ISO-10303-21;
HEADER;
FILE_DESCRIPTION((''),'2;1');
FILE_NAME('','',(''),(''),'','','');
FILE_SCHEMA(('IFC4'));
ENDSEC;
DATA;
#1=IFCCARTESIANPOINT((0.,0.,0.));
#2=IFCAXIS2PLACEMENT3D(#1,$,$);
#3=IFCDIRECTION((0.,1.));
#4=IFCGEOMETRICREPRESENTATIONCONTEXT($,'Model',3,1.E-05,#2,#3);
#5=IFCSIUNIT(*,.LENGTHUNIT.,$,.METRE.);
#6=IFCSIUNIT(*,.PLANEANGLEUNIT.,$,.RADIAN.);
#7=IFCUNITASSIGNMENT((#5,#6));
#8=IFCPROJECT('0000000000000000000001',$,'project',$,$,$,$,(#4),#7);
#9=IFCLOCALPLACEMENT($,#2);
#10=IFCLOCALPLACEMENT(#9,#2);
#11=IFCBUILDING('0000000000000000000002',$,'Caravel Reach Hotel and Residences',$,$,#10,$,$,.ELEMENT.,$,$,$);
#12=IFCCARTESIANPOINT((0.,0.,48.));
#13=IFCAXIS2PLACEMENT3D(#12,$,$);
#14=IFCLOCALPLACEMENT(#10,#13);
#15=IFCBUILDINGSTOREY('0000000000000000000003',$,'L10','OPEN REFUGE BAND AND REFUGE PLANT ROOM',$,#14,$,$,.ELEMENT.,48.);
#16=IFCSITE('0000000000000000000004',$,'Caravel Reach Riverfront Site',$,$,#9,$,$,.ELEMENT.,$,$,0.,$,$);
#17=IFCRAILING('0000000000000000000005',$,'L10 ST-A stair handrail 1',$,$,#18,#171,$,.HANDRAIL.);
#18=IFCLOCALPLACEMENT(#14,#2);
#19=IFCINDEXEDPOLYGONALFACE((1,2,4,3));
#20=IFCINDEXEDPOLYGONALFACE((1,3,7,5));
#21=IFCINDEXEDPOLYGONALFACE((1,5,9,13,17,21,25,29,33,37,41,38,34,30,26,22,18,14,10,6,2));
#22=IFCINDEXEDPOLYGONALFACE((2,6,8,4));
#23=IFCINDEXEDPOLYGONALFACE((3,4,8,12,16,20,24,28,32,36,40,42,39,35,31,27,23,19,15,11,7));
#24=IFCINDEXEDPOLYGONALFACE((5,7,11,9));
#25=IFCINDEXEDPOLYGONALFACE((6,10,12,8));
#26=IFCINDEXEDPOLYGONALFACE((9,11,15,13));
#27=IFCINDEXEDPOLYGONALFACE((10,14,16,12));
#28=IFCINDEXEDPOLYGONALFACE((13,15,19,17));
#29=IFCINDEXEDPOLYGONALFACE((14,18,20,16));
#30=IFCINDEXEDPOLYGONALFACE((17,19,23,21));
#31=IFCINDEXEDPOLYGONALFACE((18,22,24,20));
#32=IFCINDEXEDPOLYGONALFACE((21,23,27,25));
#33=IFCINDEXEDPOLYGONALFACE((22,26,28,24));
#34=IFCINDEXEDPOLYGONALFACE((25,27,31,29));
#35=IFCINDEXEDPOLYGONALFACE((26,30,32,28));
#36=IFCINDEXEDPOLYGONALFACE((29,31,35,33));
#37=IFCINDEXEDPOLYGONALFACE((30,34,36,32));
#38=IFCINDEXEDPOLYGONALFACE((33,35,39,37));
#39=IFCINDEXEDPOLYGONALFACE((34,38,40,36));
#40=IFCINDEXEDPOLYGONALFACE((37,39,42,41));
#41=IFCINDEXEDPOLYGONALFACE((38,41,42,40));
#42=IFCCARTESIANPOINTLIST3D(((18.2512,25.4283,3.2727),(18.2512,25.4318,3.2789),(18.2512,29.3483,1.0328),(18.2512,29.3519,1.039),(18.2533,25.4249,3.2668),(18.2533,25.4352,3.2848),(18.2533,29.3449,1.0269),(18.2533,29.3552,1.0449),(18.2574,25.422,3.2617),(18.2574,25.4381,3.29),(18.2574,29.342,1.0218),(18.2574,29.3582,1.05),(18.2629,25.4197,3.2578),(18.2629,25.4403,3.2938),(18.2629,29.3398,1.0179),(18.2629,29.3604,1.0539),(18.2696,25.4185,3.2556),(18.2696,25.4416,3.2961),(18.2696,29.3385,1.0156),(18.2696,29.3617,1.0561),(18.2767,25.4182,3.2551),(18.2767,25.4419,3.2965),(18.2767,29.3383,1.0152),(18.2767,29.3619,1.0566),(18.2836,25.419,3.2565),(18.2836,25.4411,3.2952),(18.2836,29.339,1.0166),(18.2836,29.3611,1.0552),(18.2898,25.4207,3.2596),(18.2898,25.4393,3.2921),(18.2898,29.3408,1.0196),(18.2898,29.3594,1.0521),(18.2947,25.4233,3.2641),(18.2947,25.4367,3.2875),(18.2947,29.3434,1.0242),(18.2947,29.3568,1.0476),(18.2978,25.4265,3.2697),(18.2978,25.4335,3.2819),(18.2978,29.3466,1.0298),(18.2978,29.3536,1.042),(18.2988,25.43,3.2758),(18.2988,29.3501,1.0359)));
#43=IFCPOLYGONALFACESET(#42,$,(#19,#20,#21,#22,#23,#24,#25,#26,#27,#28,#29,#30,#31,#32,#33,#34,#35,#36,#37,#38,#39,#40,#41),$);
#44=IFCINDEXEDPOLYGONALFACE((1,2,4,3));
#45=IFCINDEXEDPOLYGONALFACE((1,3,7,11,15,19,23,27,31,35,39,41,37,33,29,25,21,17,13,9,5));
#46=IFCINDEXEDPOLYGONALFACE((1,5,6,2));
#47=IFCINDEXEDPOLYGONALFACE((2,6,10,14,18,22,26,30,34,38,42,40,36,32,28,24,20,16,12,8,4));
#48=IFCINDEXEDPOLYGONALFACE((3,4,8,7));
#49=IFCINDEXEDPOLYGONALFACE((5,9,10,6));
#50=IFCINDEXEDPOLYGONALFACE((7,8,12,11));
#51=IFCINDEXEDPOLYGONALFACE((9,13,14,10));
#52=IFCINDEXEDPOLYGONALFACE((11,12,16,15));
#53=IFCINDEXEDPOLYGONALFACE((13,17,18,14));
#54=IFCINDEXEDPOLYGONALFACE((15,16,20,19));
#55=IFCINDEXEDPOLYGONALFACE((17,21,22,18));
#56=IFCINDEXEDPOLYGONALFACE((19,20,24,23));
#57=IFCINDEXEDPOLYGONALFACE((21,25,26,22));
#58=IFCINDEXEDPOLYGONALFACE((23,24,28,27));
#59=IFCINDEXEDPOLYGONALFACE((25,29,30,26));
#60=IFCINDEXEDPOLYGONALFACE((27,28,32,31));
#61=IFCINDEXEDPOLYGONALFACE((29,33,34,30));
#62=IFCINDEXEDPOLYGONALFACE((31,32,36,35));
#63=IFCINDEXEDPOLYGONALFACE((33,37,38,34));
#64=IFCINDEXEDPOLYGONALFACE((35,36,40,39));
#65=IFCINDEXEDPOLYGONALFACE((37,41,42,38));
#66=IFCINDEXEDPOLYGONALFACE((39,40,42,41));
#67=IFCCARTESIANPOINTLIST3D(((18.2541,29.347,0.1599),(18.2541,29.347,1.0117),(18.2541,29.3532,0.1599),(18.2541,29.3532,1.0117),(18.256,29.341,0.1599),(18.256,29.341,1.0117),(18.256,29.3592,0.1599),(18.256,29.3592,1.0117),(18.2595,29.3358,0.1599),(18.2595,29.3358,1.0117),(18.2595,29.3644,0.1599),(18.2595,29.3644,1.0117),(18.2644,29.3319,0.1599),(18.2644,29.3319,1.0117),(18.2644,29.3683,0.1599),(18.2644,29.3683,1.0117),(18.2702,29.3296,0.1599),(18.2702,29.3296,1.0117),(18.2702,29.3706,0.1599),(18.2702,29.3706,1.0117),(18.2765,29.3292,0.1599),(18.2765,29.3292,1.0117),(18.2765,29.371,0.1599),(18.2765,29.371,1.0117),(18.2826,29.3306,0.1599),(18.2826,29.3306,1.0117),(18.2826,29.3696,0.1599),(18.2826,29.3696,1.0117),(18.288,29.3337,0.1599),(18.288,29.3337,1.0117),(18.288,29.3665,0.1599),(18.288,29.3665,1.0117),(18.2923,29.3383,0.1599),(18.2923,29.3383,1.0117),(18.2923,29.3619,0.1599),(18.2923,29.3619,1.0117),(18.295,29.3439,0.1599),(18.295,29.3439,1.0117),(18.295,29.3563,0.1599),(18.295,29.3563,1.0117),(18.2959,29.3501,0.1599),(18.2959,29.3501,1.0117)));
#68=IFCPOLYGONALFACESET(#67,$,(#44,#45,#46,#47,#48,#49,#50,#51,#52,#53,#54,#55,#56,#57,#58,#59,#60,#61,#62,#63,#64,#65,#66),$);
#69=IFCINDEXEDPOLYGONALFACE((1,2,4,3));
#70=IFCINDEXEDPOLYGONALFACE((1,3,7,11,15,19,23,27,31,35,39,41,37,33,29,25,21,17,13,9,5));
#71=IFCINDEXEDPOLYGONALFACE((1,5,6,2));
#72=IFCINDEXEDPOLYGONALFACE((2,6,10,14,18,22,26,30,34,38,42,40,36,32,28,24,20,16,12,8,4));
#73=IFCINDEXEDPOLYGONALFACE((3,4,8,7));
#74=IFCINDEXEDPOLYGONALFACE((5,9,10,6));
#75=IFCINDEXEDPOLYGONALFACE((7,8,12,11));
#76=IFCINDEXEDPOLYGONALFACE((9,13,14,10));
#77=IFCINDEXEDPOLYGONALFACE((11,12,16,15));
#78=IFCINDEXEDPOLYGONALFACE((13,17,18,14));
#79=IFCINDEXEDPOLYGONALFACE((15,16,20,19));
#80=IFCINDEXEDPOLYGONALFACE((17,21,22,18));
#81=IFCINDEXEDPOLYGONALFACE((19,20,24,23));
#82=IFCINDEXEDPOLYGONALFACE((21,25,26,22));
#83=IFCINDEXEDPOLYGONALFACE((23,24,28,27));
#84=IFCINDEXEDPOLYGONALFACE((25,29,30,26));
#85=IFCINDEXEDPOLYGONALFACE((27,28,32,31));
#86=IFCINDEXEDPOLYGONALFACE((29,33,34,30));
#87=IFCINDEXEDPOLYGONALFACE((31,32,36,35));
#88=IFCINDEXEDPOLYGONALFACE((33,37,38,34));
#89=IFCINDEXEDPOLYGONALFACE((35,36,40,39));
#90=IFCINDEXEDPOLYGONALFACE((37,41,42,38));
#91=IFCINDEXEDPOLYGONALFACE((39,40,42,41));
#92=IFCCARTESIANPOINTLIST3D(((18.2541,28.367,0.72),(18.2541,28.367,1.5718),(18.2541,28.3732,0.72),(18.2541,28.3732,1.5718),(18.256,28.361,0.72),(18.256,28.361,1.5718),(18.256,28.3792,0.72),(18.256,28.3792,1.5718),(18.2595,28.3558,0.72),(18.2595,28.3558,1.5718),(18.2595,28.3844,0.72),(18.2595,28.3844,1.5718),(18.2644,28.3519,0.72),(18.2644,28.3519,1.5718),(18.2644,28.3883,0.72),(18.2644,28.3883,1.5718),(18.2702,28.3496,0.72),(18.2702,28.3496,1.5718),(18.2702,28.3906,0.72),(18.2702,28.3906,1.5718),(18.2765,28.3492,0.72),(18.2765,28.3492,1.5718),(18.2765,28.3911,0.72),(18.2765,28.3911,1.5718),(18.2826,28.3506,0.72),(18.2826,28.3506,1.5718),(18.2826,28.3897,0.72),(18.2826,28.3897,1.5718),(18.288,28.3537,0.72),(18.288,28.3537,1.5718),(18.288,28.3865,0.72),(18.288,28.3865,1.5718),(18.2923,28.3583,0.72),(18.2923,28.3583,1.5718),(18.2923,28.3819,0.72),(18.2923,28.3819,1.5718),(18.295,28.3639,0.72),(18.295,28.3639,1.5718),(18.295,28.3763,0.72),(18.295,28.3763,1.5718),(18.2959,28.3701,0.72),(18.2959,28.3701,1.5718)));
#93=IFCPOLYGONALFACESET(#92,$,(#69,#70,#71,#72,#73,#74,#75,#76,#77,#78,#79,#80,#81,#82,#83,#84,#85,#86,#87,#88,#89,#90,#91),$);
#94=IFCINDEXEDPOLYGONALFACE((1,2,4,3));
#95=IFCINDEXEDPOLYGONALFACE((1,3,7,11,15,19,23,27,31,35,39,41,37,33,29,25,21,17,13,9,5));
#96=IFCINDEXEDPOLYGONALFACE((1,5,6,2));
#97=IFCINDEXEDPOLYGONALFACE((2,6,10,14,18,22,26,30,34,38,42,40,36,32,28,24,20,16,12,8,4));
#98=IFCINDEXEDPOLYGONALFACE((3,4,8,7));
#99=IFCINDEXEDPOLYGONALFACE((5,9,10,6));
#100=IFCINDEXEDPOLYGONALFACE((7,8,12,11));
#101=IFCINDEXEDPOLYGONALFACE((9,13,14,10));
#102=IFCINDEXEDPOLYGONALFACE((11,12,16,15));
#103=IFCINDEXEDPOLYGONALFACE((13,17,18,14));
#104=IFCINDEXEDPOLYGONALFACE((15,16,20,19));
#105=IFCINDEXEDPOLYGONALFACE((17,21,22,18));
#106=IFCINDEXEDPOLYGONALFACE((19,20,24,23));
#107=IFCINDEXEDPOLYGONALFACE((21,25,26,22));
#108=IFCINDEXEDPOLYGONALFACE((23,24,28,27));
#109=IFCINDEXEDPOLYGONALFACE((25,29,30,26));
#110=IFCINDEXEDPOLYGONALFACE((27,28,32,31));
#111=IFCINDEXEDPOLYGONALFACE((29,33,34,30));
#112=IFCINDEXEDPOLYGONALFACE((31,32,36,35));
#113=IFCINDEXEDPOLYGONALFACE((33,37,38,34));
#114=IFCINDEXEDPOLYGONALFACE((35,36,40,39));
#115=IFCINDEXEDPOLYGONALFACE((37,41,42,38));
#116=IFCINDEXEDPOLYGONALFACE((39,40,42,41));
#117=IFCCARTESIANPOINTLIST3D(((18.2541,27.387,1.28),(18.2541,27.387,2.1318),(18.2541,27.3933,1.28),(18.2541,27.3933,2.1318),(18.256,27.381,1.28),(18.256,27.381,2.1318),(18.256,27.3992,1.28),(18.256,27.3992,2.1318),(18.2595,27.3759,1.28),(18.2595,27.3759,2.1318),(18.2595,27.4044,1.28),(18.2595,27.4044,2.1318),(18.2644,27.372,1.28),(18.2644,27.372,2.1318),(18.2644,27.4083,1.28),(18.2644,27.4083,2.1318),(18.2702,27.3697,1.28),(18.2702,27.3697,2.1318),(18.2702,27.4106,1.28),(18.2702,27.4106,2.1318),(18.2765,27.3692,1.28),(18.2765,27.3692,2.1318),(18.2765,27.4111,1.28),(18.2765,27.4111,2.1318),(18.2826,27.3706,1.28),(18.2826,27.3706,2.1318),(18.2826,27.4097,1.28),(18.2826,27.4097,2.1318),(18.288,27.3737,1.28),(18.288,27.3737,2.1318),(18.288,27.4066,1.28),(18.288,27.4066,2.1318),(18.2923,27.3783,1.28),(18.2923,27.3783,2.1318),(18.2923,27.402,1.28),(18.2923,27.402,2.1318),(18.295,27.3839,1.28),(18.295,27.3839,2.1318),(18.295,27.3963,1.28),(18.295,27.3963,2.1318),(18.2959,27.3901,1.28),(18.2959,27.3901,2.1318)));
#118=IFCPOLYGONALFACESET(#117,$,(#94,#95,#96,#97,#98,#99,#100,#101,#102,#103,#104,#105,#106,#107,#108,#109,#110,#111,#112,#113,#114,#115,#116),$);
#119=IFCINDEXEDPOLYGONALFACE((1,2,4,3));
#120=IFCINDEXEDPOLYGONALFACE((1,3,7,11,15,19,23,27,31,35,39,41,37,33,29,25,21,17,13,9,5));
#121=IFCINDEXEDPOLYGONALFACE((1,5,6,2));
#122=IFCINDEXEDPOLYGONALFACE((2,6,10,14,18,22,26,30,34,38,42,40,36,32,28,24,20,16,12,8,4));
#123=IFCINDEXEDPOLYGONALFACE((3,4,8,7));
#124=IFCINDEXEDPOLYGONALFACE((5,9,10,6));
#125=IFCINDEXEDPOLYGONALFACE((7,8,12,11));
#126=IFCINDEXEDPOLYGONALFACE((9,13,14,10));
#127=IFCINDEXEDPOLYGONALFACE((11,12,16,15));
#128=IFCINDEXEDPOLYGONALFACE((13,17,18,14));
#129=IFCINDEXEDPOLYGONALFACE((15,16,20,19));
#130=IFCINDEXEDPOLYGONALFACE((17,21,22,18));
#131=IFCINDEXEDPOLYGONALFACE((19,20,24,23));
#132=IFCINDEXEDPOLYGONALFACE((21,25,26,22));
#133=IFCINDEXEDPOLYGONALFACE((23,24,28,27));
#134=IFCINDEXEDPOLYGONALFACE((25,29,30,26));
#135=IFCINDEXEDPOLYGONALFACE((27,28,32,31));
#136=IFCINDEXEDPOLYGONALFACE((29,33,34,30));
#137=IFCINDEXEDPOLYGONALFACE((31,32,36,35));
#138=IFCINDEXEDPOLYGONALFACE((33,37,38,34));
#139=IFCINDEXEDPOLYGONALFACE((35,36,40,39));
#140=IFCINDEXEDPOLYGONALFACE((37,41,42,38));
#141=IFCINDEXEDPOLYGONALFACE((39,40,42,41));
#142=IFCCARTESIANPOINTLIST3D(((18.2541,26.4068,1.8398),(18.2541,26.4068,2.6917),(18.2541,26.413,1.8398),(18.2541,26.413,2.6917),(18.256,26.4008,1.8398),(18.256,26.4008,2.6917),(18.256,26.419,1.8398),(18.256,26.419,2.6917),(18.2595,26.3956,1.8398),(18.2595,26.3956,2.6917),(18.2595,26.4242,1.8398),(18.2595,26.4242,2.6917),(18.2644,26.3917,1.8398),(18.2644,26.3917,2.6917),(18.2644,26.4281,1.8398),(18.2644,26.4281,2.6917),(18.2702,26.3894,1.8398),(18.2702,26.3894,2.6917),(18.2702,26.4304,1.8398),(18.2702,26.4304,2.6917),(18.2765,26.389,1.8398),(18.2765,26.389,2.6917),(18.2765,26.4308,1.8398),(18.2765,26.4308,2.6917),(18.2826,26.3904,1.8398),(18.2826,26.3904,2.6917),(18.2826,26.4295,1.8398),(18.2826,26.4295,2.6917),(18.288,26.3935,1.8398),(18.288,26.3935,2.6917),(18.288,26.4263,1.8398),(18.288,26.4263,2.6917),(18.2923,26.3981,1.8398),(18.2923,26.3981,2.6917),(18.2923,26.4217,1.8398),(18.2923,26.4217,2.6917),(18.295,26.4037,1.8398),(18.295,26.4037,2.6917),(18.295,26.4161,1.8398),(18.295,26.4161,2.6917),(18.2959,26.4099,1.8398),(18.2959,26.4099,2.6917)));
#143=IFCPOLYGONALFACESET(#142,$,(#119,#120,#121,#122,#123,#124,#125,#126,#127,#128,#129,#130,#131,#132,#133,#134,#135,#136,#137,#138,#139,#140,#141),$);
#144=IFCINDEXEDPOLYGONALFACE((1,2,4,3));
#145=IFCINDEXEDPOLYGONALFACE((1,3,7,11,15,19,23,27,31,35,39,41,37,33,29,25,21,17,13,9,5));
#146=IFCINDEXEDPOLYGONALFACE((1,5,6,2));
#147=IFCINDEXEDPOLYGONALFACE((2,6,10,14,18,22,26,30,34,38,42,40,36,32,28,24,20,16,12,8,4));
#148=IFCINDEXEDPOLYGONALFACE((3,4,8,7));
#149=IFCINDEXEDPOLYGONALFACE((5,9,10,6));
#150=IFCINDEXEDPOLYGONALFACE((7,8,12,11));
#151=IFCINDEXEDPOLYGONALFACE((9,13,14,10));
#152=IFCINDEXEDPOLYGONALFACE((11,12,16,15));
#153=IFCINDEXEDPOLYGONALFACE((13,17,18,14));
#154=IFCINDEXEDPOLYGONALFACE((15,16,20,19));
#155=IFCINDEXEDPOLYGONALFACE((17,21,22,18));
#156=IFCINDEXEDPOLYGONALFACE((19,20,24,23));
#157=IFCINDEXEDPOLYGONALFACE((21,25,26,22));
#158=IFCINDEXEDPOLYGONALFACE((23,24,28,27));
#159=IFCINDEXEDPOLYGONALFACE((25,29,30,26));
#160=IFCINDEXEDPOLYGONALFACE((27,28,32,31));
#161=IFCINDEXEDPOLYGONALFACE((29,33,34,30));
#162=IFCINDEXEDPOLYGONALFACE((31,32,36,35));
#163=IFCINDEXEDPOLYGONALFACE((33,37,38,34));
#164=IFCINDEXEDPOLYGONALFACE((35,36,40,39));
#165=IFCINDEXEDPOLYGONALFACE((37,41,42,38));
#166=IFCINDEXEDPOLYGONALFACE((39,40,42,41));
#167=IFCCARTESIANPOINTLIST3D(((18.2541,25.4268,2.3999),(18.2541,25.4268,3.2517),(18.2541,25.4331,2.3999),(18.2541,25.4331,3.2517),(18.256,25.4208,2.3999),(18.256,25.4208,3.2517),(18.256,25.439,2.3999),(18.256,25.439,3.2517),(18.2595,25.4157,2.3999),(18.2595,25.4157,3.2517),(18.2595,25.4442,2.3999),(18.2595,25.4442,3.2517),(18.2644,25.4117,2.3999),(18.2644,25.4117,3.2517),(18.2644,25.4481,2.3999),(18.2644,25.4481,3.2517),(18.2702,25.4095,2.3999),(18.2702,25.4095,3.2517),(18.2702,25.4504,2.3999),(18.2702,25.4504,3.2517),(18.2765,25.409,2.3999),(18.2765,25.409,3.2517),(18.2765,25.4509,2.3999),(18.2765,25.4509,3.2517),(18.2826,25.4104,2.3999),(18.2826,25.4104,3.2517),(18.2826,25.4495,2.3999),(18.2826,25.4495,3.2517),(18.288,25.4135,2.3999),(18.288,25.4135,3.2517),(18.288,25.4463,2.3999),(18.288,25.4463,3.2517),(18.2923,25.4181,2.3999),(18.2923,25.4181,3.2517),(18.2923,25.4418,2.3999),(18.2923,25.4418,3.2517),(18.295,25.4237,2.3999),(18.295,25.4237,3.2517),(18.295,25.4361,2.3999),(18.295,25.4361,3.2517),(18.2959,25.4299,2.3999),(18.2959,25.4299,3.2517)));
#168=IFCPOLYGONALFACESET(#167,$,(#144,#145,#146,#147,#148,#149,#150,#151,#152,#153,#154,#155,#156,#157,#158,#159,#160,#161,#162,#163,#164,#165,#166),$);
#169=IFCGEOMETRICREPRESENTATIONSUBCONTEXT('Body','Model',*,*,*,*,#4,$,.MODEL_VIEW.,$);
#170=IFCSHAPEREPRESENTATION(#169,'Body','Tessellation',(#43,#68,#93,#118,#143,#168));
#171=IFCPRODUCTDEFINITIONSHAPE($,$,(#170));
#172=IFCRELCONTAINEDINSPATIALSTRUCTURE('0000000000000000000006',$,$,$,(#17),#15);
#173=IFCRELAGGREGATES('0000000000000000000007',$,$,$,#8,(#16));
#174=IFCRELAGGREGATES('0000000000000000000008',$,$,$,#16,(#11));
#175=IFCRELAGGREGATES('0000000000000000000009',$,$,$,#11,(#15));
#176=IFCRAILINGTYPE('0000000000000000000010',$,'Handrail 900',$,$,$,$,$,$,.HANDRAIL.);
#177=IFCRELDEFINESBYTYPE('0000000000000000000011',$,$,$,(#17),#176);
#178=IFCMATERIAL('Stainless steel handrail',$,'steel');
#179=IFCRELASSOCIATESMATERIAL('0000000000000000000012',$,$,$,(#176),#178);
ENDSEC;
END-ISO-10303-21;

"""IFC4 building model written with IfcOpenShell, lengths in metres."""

from ifc_helpers import new_model, si_unit, direction, frame, origin, origin_2d, place, context, subcontext, project, spatial, circle, extrude, material, type_object, element, save


model = new_model("IFC4")

# Units and contexts
model_context = context("Model", 3, precision=1e-05, world=origin(), true_north=direction((0.0, 1.0)))
body_context = subcontext(model_context, "Body", "Model", "MODEL_VIEW")
ifc_project = project(units=[si_unit("LENGTHUNIT", "METRE"), si_unit("PLANEANGLEUNIT", "RADIAN")], contexts=[model_context])

# Site, building, storey
site_placement = place(None, origin())
site = spatial("IfcSite", under=ifc_project, at=site_placement, Name="Caravel Reach Riverfront Site", CompositionType="ELEMENT", RefElevation=0.0)
building_placement = place(site_placement, origin())
building = spatial("IfcBuilding", under=site, at=building_placement, Name="Caravel Reach Hotel and Residences", CompositionType="ELEMENT")
storey_placement = place(building_placement, frame((0.0, 0.0, 48.0)))
storey = spatial("IfcBuildingStorey", under=building, at=storey_placement, Name="L10", Description="OPEN REFUGE BAND AND REFUGE PLANT ROOM", CompositionType="ELEMENT", Elevation=48.0)

# Railing
ifc_material_1 = material(Name="Stainless steel handrail", Category="steel")
railing_type_1 = type_object("IfcRailingType", Name="Handrail 900", PredefinedType="HANDRAIL", material=ifc_material_1)
railing_1_placement = place(storey_placement, frame((18.2749, 29.3501, 0.1599)))
element("IfcRailing", 1, at=railing_1_placement, inside=storey, type_object=railing_type_1, Name="L10 ST-A stair handrail 1", PredefinedType="HANDRAIL", context=body_context, shape_type="SweptSolid", body=[
    extrude(circle(Radius=0.0239, at=origin_2d()), frame((0.0, 0.0, 0.876), z_axis=(0.0, -0.868253, 0.496121), x_axis=(1.0, 0.0, 0.0)), (0.0, 0.0, 1.0), 4.5149),
    extrude(circle(Radius=0.021, at=origin_2d()), origin(), (0.0, 0.0, 1.0), 0.8518),
    extrude(circle(Radius=0.021, at=origin_2d()), frame((0.0, -0.98, 0.5601)), (0.0, 0.0, 1.0), 0.8518),
    extrude(circle(Radius=0.021, at=origin_2d()), frame((0.0, -1.96, 1.1201)), (0.0, 0.0, 1.0), 0.8518),
    extrude(circle(Radius=0.021, at=origin_2d()), frame((0.0, -2.9402, 1.6799)), (0.0, 0.0, 1.0), 0.8518),
    extrude(circle(Radius=0.021, at=origin_2d()), frame((0.0, -3.9202, 2.24)), (0.0, 0.0, 1.0), 0.8518),
])

save(model, "model.ifc")
